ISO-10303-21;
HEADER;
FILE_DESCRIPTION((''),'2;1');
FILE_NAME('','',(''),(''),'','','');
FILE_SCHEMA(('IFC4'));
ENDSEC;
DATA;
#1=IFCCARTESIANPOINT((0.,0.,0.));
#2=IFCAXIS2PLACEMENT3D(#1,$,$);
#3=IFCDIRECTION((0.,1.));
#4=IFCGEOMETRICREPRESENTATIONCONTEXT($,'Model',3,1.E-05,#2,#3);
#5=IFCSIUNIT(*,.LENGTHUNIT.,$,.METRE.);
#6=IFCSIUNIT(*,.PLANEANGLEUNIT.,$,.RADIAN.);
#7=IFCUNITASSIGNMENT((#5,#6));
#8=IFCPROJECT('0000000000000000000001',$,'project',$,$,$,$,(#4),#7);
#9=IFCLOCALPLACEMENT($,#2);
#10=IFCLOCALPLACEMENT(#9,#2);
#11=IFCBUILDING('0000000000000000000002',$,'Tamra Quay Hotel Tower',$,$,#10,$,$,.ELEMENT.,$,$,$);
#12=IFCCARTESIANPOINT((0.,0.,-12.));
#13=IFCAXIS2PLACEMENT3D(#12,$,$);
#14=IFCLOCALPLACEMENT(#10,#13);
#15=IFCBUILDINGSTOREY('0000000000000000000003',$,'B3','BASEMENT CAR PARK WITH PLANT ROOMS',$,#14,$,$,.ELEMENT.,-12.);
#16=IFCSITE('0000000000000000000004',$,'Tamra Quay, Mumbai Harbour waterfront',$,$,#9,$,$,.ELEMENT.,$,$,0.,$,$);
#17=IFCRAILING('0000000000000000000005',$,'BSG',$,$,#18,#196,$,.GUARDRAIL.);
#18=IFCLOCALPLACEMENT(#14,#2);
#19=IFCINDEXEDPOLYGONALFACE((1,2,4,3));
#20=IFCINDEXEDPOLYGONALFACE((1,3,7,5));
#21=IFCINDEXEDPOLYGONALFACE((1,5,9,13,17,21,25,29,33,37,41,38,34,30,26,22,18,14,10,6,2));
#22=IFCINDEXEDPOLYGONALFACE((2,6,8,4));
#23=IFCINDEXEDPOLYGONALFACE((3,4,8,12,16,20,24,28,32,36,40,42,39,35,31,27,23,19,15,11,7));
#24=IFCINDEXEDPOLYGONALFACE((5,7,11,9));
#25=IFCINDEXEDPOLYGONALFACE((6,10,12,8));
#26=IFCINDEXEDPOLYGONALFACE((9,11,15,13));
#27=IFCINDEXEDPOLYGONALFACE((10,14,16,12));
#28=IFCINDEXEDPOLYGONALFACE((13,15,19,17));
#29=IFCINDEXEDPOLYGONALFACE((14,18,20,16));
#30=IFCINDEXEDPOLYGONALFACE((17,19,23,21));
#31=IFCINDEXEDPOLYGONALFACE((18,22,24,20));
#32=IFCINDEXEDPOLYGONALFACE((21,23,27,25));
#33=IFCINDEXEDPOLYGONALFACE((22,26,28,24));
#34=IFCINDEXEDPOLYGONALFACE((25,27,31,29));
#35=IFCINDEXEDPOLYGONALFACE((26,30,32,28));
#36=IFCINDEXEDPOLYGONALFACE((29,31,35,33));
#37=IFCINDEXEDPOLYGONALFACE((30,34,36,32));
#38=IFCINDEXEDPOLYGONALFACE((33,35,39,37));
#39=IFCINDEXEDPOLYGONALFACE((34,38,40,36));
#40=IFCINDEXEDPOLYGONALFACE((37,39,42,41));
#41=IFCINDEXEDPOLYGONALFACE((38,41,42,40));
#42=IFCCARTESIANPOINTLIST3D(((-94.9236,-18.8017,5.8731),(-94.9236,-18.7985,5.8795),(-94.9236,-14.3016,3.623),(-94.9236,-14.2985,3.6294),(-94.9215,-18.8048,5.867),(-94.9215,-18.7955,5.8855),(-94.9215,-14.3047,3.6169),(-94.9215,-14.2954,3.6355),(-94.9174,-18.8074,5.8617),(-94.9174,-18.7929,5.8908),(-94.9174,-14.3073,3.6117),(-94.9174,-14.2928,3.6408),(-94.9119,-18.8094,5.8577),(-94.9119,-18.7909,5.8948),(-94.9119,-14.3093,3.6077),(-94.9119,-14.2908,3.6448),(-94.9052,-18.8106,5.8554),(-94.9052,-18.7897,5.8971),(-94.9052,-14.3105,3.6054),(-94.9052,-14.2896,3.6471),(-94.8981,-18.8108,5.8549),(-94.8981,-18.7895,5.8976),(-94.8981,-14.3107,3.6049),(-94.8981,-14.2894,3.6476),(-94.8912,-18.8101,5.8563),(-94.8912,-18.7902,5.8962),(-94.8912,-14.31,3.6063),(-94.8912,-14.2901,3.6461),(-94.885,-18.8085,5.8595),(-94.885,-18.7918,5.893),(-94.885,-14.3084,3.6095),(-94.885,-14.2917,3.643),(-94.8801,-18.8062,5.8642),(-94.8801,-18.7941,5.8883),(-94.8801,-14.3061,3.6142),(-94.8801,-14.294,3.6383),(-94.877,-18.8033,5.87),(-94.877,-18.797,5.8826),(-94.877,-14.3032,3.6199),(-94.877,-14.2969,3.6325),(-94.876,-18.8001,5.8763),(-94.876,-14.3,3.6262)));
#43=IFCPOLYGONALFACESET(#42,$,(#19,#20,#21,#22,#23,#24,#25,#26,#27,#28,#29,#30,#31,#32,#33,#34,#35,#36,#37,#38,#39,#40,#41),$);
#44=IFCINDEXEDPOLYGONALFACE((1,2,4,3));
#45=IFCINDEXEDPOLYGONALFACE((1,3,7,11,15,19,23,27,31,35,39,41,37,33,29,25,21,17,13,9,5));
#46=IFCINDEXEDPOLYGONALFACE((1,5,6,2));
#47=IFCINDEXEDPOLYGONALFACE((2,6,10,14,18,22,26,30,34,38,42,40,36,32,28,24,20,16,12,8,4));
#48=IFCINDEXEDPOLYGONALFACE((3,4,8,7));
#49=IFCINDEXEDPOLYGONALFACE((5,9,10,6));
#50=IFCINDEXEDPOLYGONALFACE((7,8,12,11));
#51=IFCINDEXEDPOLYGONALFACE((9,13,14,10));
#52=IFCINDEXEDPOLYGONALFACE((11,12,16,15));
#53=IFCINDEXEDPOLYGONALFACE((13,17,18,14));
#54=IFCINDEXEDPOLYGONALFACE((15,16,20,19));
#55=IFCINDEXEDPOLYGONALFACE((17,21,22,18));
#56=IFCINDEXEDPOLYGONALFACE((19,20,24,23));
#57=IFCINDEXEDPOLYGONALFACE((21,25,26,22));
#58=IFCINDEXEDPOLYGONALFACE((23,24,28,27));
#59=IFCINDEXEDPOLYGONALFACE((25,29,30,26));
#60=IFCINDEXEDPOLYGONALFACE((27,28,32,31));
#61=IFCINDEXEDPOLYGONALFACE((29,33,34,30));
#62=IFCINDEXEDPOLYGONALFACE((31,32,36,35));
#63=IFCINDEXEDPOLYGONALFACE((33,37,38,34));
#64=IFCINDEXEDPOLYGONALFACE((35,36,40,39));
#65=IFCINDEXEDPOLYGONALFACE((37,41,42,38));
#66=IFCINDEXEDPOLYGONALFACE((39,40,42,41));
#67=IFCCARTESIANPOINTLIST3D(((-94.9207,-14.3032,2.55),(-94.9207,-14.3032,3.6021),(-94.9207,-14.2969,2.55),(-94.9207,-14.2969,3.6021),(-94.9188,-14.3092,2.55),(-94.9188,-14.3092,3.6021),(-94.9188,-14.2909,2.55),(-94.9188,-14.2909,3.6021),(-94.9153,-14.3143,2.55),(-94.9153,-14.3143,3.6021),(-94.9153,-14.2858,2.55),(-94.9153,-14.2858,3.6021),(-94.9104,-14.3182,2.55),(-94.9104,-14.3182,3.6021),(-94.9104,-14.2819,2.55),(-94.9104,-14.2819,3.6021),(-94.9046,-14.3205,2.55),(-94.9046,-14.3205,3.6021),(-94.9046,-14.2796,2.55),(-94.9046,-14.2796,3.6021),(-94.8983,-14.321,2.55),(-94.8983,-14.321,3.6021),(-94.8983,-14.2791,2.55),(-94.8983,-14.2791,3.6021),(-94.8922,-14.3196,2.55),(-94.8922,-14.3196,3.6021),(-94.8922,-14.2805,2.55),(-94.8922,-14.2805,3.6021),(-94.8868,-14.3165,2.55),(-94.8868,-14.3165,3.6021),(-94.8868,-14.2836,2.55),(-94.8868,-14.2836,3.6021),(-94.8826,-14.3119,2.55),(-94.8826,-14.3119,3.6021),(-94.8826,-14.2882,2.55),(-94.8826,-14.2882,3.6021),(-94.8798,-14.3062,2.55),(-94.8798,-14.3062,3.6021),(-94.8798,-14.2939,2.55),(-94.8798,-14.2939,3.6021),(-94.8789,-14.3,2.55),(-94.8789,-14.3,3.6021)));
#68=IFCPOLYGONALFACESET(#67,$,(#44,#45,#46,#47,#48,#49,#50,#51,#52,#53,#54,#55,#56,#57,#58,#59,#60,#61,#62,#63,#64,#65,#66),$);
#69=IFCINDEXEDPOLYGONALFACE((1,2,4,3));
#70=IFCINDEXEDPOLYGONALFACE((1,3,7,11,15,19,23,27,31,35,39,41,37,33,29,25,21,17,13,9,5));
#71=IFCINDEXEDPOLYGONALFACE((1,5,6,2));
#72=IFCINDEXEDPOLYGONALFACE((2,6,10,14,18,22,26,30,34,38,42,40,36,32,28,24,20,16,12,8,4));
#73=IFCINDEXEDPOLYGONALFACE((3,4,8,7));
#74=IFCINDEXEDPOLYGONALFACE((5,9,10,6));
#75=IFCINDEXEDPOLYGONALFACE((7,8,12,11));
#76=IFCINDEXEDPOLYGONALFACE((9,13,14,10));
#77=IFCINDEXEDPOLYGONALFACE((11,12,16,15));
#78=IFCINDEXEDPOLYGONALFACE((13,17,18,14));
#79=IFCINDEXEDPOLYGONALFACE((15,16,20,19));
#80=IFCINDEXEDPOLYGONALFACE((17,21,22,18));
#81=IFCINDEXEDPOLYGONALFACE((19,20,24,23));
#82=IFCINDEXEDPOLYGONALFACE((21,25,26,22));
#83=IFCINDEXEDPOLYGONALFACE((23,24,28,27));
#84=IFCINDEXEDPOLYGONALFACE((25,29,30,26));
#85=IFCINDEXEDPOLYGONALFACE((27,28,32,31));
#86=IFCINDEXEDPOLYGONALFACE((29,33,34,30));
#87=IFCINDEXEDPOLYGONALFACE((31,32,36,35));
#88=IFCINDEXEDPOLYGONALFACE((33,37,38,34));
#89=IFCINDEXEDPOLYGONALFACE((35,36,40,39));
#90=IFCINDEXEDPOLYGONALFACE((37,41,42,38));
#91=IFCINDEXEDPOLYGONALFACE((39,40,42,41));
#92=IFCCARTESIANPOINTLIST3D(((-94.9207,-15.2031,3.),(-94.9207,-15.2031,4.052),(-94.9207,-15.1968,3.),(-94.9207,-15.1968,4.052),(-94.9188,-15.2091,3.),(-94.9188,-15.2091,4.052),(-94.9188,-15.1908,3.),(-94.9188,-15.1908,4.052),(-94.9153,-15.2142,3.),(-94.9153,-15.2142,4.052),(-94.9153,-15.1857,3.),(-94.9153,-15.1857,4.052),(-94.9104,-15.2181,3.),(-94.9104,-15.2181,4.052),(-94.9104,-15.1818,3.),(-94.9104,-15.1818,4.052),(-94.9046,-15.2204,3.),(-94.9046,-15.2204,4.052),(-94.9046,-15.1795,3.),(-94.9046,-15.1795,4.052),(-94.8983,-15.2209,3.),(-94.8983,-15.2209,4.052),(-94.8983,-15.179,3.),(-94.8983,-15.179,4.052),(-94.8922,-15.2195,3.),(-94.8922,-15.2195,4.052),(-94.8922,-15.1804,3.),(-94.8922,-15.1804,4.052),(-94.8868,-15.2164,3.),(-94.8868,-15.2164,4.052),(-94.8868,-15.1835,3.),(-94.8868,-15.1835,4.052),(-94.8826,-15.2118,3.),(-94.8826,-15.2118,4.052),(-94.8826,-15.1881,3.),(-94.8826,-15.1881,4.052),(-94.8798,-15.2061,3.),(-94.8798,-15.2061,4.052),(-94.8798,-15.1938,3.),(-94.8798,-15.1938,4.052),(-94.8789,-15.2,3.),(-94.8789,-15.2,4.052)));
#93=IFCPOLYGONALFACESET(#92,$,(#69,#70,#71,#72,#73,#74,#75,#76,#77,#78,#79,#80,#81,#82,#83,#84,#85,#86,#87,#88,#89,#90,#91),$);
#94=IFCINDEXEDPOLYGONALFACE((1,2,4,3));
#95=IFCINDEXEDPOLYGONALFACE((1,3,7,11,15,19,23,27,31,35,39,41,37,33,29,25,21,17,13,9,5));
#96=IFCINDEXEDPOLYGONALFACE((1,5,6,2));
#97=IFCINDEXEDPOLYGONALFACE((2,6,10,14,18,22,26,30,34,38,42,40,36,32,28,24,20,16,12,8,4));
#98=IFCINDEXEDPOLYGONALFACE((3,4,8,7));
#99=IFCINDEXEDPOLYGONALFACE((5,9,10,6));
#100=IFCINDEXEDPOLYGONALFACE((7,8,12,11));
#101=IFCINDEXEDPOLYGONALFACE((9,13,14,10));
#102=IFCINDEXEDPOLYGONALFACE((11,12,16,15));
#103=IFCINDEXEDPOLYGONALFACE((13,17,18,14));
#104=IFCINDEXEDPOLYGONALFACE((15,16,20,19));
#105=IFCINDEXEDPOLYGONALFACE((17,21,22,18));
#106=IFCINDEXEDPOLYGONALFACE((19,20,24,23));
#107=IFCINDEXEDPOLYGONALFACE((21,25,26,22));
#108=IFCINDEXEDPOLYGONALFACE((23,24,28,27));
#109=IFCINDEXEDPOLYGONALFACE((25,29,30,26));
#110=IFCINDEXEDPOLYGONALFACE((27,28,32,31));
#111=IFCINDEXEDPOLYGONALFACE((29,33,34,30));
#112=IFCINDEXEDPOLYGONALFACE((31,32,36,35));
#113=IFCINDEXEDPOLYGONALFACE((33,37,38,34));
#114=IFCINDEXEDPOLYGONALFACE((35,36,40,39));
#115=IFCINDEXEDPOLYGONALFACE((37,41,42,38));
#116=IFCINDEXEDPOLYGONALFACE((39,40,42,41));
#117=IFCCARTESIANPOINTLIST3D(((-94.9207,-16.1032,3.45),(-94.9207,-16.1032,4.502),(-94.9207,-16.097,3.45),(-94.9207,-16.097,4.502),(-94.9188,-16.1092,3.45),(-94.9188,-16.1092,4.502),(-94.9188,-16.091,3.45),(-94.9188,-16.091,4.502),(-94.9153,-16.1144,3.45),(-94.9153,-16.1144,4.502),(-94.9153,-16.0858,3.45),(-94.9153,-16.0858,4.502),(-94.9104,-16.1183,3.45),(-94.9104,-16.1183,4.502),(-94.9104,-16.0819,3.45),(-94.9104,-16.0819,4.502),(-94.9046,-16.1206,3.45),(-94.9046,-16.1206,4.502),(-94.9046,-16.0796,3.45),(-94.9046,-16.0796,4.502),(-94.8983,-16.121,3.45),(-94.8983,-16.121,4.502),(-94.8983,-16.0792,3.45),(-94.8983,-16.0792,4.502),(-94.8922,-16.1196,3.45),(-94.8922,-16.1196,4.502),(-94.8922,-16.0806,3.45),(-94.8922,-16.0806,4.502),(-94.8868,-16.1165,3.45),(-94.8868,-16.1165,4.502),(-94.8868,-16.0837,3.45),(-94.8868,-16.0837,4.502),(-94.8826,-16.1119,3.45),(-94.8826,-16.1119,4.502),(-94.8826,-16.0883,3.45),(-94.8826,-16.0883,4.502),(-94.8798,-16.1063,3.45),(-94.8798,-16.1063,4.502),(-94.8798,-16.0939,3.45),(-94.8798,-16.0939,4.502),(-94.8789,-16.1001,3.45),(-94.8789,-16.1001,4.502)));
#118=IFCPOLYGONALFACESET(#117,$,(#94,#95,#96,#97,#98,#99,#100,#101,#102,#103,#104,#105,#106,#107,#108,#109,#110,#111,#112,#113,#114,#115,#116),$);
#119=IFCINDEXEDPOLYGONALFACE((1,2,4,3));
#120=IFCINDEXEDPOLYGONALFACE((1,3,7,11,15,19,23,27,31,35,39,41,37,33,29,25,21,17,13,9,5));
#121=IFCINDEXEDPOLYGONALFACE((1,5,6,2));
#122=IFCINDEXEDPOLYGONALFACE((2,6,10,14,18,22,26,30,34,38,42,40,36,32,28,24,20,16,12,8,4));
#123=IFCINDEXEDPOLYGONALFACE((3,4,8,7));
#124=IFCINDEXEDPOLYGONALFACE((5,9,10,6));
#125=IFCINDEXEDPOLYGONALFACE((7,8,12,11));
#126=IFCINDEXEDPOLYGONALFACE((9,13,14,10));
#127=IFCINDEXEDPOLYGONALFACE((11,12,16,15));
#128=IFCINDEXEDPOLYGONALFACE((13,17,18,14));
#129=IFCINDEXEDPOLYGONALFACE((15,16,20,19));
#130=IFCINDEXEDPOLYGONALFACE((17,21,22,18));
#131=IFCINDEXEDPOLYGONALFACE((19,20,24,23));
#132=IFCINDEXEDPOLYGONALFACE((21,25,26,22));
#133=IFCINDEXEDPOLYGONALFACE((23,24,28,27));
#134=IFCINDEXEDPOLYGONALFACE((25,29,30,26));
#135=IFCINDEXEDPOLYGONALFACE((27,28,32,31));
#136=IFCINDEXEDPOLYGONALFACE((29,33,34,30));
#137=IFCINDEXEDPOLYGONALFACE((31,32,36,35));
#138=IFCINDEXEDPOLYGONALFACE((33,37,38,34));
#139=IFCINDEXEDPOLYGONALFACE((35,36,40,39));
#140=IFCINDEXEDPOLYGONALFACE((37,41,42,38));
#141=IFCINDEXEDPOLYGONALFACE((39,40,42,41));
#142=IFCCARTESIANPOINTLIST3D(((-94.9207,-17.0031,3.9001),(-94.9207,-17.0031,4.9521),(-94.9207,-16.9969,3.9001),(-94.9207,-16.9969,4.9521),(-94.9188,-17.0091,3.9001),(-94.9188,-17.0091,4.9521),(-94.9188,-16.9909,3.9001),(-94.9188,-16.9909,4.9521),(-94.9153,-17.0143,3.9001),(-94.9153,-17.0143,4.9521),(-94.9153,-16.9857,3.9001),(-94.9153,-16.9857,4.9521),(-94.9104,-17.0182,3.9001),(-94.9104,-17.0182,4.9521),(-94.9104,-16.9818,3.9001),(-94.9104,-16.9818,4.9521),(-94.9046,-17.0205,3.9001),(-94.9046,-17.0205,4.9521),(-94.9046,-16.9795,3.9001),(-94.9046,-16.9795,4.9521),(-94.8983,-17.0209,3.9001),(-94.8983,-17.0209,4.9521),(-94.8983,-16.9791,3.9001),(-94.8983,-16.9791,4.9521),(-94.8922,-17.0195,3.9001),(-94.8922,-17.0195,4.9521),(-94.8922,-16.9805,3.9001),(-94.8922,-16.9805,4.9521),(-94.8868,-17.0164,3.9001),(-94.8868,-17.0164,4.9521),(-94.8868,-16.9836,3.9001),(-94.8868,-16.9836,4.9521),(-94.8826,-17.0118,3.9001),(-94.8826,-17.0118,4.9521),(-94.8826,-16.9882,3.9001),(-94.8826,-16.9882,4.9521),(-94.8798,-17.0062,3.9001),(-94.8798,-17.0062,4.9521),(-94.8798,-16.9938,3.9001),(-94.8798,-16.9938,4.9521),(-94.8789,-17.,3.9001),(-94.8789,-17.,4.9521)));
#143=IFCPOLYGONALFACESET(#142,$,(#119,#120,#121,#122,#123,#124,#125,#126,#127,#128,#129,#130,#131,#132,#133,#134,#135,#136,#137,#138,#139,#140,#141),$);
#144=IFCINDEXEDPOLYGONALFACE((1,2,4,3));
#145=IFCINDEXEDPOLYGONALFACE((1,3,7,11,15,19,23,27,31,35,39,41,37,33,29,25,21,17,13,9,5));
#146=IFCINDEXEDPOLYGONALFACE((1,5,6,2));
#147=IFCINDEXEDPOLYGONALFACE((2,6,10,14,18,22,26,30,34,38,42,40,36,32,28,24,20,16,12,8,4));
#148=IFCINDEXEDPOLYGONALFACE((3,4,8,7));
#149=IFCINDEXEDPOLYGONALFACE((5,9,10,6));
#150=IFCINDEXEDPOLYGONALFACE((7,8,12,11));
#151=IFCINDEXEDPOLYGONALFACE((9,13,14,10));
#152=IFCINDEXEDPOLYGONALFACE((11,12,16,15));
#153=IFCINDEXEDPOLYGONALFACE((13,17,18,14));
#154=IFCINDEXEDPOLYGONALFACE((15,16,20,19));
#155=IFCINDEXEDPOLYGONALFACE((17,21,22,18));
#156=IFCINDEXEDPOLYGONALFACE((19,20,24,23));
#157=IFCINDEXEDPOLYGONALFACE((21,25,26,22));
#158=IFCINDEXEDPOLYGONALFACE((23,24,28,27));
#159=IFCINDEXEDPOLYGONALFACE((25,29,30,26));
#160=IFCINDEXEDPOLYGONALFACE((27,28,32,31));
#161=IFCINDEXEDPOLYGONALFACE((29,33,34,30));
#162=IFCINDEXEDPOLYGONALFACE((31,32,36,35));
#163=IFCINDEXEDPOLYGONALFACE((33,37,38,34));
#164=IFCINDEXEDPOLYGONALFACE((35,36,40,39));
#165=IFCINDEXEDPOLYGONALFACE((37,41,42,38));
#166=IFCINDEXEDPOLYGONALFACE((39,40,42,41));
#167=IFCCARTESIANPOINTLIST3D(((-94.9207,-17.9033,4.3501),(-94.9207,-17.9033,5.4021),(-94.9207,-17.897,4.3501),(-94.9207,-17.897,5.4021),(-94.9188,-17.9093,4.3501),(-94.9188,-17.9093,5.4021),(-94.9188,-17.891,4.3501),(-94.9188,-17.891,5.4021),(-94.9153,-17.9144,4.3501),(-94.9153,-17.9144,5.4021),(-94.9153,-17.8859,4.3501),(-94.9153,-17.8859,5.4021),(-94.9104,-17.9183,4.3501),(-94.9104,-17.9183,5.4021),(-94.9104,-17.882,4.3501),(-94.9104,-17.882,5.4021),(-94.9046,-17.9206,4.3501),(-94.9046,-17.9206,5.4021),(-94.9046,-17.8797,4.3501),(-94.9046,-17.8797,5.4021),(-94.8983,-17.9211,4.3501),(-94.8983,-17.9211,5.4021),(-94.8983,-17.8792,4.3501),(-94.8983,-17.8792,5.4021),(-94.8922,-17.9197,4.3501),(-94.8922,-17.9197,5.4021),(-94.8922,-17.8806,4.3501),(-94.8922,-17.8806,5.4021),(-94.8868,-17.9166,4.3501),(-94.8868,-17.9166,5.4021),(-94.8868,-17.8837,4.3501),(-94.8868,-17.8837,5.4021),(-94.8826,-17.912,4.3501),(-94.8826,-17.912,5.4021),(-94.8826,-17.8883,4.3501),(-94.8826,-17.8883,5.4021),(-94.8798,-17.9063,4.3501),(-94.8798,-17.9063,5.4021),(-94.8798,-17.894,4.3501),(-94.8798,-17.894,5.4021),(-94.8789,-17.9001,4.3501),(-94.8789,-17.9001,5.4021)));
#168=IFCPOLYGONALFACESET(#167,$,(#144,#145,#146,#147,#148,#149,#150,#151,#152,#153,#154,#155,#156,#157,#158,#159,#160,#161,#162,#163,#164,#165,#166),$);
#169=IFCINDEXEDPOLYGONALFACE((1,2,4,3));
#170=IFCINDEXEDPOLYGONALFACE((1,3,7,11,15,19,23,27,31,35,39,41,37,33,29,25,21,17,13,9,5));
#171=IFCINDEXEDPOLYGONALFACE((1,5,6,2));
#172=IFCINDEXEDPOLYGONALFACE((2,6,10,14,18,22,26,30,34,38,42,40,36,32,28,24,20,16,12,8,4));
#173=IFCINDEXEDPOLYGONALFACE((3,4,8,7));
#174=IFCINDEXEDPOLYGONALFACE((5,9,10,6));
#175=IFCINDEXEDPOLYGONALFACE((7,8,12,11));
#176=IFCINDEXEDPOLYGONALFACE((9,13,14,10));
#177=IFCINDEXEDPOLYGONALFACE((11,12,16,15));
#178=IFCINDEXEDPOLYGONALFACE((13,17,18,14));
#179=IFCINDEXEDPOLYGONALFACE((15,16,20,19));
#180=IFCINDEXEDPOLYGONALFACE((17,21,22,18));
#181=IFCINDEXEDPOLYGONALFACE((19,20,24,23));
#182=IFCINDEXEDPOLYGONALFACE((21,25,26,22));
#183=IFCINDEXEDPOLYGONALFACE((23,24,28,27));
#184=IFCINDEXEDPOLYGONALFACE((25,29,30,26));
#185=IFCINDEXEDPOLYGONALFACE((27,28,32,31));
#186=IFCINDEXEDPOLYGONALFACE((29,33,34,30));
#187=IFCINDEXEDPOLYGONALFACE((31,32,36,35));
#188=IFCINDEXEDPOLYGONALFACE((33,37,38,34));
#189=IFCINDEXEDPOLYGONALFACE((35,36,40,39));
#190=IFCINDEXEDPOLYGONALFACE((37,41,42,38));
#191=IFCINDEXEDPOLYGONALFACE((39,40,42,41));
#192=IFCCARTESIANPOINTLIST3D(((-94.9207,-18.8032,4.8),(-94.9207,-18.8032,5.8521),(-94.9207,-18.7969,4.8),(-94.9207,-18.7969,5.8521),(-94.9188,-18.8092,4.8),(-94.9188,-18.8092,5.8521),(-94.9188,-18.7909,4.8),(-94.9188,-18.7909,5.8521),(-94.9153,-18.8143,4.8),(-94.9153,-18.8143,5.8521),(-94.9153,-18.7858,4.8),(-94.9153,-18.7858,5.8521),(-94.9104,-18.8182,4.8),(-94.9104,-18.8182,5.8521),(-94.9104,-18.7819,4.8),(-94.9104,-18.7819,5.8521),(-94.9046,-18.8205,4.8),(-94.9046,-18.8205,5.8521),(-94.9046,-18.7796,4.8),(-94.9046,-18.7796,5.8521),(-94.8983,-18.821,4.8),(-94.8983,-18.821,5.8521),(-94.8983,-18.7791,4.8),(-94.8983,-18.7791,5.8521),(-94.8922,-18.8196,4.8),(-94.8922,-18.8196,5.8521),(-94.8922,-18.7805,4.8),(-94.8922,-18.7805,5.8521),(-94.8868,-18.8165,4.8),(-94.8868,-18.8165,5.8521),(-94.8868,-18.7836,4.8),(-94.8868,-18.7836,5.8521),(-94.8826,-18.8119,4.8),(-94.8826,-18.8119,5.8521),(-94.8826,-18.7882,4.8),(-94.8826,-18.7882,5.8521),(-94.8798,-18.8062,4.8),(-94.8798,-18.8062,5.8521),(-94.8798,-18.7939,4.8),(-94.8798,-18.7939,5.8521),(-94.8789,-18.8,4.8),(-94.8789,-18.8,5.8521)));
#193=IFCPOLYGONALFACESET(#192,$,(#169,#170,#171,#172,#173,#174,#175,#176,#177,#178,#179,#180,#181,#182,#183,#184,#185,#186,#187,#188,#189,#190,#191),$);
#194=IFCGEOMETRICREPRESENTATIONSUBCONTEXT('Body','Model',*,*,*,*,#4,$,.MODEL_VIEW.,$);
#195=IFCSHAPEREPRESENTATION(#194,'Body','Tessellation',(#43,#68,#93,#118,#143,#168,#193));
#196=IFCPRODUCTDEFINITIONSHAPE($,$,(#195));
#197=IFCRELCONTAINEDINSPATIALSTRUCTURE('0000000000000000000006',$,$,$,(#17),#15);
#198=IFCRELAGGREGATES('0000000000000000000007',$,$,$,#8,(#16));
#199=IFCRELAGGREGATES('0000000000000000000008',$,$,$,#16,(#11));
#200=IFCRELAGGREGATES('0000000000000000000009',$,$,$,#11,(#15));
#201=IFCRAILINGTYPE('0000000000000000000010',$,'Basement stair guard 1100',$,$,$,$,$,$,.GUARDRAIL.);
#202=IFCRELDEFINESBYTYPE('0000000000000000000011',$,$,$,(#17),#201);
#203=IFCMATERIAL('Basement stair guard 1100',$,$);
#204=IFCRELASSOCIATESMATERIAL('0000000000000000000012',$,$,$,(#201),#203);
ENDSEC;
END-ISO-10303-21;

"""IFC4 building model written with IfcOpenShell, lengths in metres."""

from ifc_helpers import new_model, si_unit, direction, frame, origin, origin_2d, place, context, subcontext, project, spatial, circle, extrude, material, type_object, element, save


model = new_model("IFC4")

# Units and contexts
model_context = context("Model", 3, precision=1e-05, world=origin(), true_north=direction((0.0, 1.0)))
body_context = subcontext(model_context, "Body", "Model", "MODEL_VIEW")
ifc_project = project(units=[si_unit("LENGTHUNIT", "METRE"), si_unit("PLANEANGLEUNIT", "RADIAN")], contexts=[model_context])

# Site, building, storey
site_placement = place(None, origin())
site = spatial("IfcSite", under=ifc_project, at=site_placement, Name="Tamra Quay, Mumbai Harbour waterfront", CompositionType="ELEMENT", RefElevation=0.0)
building_placement = place(site_placement, origin())
building = spatial("IfcBuilding", under=site, at=building_placement, Name="Tamra Quay Hotel Tower", CompositionType="ELEMENT")
storey_placement = place(building_placement, frame((0.0, 0.0, -12.0)))
storey = spatial("IfcBuildingStorey", under=building, at=storey_placement, Name="B3", Description="BASEMENT CAR PARK WITH PLANT ROOMS", CompositionType="ELEMENT", Elevation=-12.0)

# Railing
ifc_material_1 = material(Name="Basement stair guard 1100")
railing_type_1 = type_object("IfcRailingType", Name="Basement stair guard 1100", PredefinedType="GUARDRAIL", material=ifc_material_1)
railing_1_placement = place(storey_placement, frame((-94.8999, -14.3, 2.55)))
element("IfcRailing", 1, at=railing_1_placement, inside=storey, type_object=railing_type_1, Name="BSG", PredefinedType="GUARDRAIL", context=body_context, shape_type="SweptSolid", body=[
    extrude(circle(Radius=0.0239, at=origin_2d()), frame((0.0, 0.0, 1.0762), z_axis=(0.0, -0.894427, 0.447214), x_axis=(1.0, 0.0, 0.0)), (0.0, 0.0, 1.0), 5.0312),
    extrude(circle(Radius=0.021, at=origin_2d()), origin(), (0.0, 0.0, 1.0), 1.052),
    extrude(circle(Radius=0.021, at=origin_2d()), frame((0.0, -0.8999, 0.45)), (0.0, 0.0, 1.0), 1.052),
    extrude(circle(Radius=0.021, at=origin_2d()), frame((0.0, -1.8, 0.8999)), (0.0, 0.0, 1.0), 1.052),
    extrude(circle(Radius=0.021, at=origin_2d()), frame((0.0, -2.7, 1.3501)), (0.0, 0.0, 1.0), 1.052),
    extrude(circle(Radius=0.021, at=origin_2d()), frame((0.0, -3.6001, 1.8)), (0.0, 0.0, 1.0), 1.052),
    extrude(circle(Radius=0.021, at=origin_2d()), frame((0.0, -4.5, 2.25)), (0.0, 0.0, 1.0), 1.052),
])

save(model, "model.ifc")
